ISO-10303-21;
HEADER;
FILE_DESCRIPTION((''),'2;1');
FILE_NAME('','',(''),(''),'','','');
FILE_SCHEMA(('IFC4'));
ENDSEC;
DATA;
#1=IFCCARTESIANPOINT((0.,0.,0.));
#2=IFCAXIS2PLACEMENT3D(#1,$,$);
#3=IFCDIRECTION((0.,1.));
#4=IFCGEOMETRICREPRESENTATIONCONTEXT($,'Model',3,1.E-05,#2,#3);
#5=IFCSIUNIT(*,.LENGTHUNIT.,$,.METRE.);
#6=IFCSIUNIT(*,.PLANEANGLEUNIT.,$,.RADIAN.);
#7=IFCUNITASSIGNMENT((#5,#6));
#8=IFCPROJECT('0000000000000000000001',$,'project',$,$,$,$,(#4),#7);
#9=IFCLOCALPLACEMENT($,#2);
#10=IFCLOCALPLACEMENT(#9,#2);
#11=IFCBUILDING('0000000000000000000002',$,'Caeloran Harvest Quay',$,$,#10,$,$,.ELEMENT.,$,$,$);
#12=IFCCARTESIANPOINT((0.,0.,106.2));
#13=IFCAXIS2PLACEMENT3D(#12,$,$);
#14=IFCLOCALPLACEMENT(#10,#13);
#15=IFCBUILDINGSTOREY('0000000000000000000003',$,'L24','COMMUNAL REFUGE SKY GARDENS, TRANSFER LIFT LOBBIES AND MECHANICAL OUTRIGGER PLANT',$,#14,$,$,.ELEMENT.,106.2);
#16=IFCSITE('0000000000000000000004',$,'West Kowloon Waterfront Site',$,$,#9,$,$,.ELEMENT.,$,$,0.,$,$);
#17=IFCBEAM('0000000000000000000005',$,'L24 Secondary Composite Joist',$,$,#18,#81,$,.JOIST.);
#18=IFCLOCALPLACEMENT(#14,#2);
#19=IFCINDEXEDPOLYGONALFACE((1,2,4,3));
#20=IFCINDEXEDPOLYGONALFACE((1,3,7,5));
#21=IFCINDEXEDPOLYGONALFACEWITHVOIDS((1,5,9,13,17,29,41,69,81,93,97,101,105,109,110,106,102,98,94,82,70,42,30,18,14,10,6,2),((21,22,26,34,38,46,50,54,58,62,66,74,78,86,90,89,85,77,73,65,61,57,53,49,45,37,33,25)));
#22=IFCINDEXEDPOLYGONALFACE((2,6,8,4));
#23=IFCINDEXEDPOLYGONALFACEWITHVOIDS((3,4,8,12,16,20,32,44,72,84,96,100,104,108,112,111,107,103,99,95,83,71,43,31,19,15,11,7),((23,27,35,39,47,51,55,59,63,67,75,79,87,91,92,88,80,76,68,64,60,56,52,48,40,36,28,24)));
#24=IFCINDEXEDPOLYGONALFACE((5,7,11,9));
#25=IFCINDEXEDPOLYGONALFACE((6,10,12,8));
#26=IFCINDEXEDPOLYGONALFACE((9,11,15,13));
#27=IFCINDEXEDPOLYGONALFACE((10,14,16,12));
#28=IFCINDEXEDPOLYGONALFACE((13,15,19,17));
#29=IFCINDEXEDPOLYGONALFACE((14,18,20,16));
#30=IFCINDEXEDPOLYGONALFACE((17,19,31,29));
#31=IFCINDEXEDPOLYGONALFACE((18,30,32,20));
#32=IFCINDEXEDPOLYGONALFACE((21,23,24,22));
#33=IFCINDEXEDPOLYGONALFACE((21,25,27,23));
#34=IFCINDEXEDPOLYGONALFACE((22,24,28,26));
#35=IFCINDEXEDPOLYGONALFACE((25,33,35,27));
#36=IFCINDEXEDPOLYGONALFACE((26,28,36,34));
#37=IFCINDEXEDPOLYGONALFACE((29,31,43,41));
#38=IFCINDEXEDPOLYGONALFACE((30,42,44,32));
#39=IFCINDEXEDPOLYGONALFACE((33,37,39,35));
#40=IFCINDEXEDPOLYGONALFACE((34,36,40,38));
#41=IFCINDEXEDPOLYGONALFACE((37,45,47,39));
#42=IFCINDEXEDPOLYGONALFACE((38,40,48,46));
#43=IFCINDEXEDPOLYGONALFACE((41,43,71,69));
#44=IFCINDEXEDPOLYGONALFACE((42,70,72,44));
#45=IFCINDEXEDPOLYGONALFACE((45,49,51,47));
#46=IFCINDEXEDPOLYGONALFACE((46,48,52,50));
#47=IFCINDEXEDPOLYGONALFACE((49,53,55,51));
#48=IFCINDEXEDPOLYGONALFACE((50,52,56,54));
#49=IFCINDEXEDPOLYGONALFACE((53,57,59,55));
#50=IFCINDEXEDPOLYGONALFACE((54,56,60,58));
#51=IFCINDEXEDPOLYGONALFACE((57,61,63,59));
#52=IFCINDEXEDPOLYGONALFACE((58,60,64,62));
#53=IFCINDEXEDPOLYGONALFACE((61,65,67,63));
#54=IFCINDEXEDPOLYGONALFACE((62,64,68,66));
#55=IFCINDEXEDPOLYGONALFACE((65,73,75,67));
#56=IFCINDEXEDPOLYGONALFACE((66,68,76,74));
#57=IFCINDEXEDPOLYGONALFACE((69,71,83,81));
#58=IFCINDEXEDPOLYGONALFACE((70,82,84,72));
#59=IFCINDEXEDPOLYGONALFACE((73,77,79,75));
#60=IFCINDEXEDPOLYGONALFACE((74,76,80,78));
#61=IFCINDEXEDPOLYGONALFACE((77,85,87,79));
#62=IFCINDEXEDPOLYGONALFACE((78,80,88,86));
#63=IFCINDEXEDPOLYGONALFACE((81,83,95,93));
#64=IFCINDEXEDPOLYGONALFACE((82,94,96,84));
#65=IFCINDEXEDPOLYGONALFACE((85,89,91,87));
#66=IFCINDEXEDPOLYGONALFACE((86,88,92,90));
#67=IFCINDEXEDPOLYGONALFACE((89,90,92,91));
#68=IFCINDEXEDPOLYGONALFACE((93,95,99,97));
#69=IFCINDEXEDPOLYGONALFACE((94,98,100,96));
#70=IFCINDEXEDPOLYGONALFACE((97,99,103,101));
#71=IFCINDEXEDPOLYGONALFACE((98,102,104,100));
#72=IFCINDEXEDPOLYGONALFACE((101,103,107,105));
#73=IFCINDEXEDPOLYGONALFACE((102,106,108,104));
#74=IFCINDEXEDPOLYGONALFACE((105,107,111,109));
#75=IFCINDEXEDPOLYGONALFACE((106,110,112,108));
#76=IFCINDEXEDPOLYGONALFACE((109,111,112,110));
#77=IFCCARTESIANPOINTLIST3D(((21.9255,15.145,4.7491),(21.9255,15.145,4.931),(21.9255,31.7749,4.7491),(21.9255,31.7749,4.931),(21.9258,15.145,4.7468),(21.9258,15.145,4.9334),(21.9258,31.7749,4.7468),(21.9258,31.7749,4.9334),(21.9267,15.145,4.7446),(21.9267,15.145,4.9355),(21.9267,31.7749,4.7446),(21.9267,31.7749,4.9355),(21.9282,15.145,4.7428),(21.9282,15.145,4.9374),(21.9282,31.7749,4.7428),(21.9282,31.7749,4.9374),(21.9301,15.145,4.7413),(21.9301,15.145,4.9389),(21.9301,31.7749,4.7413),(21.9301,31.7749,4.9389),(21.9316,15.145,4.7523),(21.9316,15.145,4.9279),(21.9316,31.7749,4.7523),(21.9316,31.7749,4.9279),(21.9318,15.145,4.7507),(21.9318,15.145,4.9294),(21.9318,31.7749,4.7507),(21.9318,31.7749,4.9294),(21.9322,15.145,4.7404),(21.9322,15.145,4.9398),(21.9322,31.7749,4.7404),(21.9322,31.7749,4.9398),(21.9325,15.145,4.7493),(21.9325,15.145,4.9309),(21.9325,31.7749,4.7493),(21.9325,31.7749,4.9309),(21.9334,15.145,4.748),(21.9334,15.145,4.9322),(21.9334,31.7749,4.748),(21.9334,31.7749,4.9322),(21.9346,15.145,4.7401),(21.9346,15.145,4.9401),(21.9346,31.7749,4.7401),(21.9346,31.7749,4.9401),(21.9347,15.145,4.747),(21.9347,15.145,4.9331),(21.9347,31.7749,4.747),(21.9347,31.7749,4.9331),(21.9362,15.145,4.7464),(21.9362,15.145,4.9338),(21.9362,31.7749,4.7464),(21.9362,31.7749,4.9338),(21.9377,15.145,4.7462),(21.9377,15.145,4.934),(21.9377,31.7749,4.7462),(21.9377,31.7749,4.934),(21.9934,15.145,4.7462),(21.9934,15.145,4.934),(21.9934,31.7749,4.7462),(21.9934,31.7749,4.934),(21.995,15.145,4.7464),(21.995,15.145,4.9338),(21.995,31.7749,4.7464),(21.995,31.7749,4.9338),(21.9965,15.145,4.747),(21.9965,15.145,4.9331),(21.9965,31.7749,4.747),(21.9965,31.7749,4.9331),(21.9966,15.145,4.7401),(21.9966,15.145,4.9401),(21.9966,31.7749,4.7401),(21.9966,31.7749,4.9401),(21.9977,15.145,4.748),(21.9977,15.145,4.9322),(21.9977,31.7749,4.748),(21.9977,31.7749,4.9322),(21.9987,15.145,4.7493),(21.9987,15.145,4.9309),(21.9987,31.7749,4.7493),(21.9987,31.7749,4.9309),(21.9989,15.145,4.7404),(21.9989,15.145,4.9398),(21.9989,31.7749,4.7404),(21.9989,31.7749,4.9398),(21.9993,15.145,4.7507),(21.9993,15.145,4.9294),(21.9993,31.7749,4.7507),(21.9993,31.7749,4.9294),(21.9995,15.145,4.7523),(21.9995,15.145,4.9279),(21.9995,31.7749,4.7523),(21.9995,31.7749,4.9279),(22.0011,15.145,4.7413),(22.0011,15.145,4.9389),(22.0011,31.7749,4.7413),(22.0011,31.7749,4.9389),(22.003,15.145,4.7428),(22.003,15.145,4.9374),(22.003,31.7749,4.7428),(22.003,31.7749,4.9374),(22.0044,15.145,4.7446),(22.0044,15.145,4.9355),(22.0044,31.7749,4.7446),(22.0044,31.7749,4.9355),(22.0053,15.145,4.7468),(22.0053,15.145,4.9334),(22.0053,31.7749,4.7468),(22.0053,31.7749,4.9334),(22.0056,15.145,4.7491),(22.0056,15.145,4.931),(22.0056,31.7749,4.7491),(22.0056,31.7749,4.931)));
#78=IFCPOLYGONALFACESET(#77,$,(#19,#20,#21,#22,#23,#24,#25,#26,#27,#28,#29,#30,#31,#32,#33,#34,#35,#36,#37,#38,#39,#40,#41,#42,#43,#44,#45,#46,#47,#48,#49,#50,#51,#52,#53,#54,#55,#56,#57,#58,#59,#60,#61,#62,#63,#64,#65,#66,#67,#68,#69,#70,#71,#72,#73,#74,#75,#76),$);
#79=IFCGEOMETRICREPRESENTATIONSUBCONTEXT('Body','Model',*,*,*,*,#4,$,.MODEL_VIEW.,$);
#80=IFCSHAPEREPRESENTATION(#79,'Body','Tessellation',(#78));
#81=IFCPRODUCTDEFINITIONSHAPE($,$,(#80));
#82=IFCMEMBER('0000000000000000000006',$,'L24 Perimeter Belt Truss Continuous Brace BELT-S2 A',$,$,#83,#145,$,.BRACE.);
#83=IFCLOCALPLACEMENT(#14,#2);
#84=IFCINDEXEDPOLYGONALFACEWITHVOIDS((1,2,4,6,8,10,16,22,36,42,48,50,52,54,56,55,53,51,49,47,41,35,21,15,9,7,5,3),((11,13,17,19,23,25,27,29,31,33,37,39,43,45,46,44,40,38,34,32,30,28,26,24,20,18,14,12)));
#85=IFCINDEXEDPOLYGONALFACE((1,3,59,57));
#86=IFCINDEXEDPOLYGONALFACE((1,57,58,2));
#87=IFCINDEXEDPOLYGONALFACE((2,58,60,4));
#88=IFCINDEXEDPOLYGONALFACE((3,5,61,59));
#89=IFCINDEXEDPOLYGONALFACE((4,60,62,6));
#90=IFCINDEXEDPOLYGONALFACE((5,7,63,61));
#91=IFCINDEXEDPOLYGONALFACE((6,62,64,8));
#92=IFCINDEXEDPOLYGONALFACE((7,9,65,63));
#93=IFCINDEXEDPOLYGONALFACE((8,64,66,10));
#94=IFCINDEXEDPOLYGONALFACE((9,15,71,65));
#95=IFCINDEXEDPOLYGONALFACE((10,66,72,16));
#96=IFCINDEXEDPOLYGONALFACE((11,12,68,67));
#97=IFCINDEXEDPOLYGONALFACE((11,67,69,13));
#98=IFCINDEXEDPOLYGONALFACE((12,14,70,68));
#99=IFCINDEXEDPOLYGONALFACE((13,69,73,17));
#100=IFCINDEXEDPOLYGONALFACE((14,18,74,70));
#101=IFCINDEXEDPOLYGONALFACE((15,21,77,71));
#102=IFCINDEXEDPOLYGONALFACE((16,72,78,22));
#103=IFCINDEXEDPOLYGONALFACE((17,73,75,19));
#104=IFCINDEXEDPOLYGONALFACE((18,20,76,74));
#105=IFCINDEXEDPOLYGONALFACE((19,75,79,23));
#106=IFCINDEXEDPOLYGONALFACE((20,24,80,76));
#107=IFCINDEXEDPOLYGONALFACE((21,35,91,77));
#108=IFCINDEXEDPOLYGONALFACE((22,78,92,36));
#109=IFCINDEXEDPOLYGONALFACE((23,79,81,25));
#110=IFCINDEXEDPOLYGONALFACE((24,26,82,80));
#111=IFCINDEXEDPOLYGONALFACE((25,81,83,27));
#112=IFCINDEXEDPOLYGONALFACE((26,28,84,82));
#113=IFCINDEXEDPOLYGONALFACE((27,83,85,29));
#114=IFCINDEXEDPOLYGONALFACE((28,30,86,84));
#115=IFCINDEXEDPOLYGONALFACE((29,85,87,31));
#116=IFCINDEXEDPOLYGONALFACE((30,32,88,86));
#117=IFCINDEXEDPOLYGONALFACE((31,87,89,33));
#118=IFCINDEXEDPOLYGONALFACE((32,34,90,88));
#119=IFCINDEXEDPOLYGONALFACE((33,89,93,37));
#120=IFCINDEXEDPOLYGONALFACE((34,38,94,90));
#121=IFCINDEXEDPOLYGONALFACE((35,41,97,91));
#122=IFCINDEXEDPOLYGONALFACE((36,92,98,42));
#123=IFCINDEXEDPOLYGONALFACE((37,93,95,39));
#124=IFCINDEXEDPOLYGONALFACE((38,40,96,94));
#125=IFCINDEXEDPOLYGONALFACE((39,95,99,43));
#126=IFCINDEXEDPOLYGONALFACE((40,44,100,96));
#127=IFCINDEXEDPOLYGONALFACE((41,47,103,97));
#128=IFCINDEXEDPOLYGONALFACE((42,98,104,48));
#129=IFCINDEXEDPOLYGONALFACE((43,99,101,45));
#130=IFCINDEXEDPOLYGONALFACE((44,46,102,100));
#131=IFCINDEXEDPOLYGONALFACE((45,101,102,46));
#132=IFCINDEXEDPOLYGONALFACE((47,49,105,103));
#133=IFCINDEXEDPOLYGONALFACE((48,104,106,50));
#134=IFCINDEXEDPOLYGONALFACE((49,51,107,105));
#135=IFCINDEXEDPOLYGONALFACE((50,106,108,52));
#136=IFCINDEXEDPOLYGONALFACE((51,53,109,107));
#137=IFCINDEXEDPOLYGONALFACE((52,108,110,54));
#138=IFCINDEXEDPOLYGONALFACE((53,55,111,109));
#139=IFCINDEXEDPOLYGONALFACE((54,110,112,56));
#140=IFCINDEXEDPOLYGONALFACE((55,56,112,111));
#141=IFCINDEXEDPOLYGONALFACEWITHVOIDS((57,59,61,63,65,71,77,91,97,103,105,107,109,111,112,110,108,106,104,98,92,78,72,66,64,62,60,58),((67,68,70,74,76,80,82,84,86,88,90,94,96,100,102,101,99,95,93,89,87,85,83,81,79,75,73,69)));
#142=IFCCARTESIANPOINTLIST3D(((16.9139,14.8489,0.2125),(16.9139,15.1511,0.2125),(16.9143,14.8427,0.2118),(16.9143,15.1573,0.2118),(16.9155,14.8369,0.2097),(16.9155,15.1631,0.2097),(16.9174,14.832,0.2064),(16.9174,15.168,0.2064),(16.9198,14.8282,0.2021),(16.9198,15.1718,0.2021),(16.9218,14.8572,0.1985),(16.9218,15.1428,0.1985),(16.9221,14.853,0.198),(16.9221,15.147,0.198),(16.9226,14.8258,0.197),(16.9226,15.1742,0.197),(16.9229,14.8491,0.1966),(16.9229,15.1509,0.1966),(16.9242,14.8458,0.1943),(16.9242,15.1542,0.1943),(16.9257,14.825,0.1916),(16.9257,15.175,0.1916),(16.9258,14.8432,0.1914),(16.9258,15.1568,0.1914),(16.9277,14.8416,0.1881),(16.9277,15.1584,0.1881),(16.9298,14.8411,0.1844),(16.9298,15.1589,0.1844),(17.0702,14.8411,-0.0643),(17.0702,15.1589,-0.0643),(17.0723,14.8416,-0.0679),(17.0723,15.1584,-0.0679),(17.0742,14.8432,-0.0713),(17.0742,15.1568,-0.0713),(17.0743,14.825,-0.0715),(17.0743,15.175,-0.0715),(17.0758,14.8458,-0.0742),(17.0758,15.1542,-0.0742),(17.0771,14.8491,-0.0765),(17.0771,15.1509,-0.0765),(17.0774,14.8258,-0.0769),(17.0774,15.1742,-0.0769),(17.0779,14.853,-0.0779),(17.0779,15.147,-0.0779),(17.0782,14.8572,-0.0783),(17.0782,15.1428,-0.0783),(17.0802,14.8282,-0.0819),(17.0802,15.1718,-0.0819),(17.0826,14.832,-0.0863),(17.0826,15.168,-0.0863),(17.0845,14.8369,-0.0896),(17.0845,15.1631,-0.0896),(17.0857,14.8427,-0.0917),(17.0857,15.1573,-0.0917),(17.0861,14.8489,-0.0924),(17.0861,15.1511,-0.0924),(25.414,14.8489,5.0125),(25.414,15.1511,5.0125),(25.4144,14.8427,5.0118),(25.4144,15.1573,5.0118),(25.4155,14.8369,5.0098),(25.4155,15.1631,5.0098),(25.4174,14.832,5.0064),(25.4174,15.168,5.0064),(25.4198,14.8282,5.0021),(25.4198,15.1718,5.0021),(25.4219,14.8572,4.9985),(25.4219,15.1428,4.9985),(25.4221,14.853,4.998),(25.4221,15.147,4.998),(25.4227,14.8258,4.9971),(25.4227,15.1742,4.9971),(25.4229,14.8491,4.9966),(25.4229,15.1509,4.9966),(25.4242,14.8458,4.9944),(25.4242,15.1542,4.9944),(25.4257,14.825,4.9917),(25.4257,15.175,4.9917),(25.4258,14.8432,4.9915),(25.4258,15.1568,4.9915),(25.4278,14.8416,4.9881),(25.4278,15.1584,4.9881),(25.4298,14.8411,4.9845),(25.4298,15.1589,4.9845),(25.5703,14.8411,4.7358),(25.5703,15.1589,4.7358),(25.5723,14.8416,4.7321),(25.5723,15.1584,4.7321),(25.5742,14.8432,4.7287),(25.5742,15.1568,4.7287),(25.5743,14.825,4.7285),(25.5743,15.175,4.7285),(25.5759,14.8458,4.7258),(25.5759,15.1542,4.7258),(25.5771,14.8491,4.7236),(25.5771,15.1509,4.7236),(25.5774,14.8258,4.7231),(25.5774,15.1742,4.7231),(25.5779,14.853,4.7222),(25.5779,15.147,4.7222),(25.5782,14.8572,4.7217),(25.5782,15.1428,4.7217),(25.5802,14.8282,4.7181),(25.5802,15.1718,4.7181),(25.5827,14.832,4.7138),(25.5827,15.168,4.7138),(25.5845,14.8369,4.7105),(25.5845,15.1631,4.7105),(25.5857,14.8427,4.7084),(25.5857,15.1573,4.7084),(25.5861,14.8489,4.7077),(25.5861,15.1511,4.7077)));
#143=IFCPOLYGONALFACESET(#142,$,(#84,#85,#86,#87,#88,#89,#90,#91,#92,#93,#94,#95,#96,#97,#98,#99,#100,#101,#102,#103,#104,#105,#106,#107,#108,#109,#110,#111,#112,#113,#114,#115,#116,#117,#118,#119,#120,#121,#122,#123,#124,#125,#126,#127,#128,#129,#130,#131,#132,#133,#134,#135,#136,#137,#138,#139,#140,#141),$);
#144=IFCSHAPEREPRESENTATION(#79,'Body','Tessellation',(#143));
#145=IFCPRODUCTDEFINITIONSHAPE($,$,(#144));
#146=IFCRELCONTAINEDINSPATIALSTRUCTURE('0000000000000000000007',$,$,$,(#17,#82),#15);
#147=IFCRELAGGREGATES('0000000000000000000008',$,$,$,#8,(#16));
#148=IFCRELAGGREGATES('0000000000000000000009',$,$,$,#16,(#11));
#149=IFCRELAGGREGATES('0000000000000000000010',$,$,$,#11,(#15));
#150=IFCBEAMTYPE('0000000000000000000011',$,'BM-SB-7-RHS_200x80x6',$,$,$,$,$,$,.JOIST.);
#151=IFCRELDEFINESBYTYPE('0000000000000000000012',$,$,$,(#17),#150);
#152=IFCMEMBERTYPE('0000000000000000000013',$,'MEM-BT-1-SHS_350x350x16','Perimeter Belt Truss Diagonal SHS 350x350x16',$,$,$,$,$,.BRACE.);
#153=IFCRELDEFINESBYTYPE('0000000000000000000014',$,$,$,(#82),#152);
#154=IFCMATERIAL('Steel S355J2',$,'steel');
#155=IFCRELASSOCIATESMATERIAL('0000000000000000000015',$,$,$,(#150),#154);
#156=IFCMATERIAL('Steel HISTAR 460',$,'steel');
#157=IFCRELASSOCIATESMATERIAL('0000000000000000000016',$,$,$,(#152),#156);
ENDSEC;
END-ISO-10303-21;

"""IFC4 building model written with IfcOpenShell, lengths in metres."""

from ifc_helpers import new_model, si_unit, direction, frame, origin, origin_2d, place, context, subcontext, project, spatial, hollow_rectangle, extrude, material, material_profile, profile_set, type_object, element, save


model = new_model("IFC4")

# Units and contexts
model_context = context("Model", 3, precision=1e-05, world=origin(), true_north=direction((0.0, 1.0)))
body_context = subcontext(model_context, "Body", "Model", "MODEL_VIEW")
ifc_project = project(units=[si_unit("LENGTHUNIT", "METRE"), si_unit("PLANEANGLEUNIT", "RADIAN")], contexts=[model_context])

# Site, building, storey
site_placement = place(None, origin())
site = spatial("IfcSite", under=ifc_project, at=site_placement, Name="West Kowloon Waterfront Site", CompositionType="ELEMENT", RefElevation=0.0)
building_placement = place(site_placement, origin())
building = spatial("IfcBuilding", under=site, at=building_placement, Name="Caeloran Harvest Quay", CompositionType="ELEMENT")
storey_placement = place(building_placement, frame((0.0, 0.0, 106.2)))
storey = spatial("IfcBuildingStorey", under=building, at=storey_placement, Name="L24", Description="COMMUNAL REFUGE SKY GARDENS, TRANSFER LIFT LOBBIES AND MECHANICAL OUTRIGGER PLANT", CompositionType="ELEMENT", Elevation=106.2)

# Beam
ifc_material_1 = material(Name="Steel S355J2", Category="steel")
ifc_material_profile_1 = material_profile(ifc_material_1, hollow_rectangle(XDim=0.0801, YDim=0.2, WallThickness=0.0061, InnerFilletRadius=0.0061, OuterFilletRadius=0.009, at=origin_2d()), Name="RHS 200x80x6")
ifc_profile_set_1 = profile_set([ifc_material_profile_1], Name="Steel S355J2")
beam_type_1 = type_object("IfcBeamType", Name="BM-SB-7-RHS_200x80x6", PredefinedType="JOIST", material=ifc_profile_set_1)
beam_1_placement = place(storey_placement, frame((21.9656, 15.145, 4.8401), z_axis=(0.0, 1.0, 0.0), x_axis=(-1.0, 0.0, 0.0)))
element("IfcBeam", 1, at=beam_1_placement, inside=storey, type_object=beam_type_1, Name="L24 Secondary Composite Joist", PredefinedType="JOIST", context=body_context, shape_type="SweptSolid", body=[
    extrude(hollow_rectangle(XDim=0.0801, YDim=0.2, WallThickness=0.0061, InnerFilletRadius=0.0061, OuterFilletRadius=0.009, at=origin_2d()), origin(), (0.0, 0.0, 1.0), 16.6299),
])

# Member
ifc_material_2 = material(Name="Steel HISTAR 460", Category="steel")
ifc_material_profile_2 = material_profile(ifc_material_2, hollow_rectangle(XDim=0.3501, YDim=0.3501, WallThickness=0.0161, InnerFilletRadius=0.0161, OuterFilletRadius=0.0239, at=origin_2d()), Name="SHS 350x350x16")
ifc_profile_set_2 = profile_set([ifc_material_profile_2], Name="Steel HISTAR 460")
member_type = type_object("IfcMemberType", Name="MEM-BT-1-SHS_350x350x16", Description="Perimeter Belt Truss Diagonal SHS 350x350x16", PredefinedType="BRACE", material=ifc_profile_set_2)
member_placement = place(storey_placement, frame((17.0, 15.0, 0.0601), z_axis=(0.870751, 0.0, 0.491723), x_axis=(0.0, 1.0, 0.0)))
element("IfcMember", 2, at=member_placement, inside=storey, type_object=member_type, Name="L24 Perimeter Belt Truss Continuous Brace BELT-S2 A", PredefinedType="BRACE", context=body_context, shape_type="SweptSolid", body=[
    extrude(hollow_rectangle(XDim=0.3501, YDim=0.3501, WallThickness=0.0161, InnerFilletRadius=0.0161, OuterFilletRadius=0.0239, at=origin_2d()), origin(), (0.0, 0.0, 1.0), 9.7617),
])

save(model, "model.ifc")
